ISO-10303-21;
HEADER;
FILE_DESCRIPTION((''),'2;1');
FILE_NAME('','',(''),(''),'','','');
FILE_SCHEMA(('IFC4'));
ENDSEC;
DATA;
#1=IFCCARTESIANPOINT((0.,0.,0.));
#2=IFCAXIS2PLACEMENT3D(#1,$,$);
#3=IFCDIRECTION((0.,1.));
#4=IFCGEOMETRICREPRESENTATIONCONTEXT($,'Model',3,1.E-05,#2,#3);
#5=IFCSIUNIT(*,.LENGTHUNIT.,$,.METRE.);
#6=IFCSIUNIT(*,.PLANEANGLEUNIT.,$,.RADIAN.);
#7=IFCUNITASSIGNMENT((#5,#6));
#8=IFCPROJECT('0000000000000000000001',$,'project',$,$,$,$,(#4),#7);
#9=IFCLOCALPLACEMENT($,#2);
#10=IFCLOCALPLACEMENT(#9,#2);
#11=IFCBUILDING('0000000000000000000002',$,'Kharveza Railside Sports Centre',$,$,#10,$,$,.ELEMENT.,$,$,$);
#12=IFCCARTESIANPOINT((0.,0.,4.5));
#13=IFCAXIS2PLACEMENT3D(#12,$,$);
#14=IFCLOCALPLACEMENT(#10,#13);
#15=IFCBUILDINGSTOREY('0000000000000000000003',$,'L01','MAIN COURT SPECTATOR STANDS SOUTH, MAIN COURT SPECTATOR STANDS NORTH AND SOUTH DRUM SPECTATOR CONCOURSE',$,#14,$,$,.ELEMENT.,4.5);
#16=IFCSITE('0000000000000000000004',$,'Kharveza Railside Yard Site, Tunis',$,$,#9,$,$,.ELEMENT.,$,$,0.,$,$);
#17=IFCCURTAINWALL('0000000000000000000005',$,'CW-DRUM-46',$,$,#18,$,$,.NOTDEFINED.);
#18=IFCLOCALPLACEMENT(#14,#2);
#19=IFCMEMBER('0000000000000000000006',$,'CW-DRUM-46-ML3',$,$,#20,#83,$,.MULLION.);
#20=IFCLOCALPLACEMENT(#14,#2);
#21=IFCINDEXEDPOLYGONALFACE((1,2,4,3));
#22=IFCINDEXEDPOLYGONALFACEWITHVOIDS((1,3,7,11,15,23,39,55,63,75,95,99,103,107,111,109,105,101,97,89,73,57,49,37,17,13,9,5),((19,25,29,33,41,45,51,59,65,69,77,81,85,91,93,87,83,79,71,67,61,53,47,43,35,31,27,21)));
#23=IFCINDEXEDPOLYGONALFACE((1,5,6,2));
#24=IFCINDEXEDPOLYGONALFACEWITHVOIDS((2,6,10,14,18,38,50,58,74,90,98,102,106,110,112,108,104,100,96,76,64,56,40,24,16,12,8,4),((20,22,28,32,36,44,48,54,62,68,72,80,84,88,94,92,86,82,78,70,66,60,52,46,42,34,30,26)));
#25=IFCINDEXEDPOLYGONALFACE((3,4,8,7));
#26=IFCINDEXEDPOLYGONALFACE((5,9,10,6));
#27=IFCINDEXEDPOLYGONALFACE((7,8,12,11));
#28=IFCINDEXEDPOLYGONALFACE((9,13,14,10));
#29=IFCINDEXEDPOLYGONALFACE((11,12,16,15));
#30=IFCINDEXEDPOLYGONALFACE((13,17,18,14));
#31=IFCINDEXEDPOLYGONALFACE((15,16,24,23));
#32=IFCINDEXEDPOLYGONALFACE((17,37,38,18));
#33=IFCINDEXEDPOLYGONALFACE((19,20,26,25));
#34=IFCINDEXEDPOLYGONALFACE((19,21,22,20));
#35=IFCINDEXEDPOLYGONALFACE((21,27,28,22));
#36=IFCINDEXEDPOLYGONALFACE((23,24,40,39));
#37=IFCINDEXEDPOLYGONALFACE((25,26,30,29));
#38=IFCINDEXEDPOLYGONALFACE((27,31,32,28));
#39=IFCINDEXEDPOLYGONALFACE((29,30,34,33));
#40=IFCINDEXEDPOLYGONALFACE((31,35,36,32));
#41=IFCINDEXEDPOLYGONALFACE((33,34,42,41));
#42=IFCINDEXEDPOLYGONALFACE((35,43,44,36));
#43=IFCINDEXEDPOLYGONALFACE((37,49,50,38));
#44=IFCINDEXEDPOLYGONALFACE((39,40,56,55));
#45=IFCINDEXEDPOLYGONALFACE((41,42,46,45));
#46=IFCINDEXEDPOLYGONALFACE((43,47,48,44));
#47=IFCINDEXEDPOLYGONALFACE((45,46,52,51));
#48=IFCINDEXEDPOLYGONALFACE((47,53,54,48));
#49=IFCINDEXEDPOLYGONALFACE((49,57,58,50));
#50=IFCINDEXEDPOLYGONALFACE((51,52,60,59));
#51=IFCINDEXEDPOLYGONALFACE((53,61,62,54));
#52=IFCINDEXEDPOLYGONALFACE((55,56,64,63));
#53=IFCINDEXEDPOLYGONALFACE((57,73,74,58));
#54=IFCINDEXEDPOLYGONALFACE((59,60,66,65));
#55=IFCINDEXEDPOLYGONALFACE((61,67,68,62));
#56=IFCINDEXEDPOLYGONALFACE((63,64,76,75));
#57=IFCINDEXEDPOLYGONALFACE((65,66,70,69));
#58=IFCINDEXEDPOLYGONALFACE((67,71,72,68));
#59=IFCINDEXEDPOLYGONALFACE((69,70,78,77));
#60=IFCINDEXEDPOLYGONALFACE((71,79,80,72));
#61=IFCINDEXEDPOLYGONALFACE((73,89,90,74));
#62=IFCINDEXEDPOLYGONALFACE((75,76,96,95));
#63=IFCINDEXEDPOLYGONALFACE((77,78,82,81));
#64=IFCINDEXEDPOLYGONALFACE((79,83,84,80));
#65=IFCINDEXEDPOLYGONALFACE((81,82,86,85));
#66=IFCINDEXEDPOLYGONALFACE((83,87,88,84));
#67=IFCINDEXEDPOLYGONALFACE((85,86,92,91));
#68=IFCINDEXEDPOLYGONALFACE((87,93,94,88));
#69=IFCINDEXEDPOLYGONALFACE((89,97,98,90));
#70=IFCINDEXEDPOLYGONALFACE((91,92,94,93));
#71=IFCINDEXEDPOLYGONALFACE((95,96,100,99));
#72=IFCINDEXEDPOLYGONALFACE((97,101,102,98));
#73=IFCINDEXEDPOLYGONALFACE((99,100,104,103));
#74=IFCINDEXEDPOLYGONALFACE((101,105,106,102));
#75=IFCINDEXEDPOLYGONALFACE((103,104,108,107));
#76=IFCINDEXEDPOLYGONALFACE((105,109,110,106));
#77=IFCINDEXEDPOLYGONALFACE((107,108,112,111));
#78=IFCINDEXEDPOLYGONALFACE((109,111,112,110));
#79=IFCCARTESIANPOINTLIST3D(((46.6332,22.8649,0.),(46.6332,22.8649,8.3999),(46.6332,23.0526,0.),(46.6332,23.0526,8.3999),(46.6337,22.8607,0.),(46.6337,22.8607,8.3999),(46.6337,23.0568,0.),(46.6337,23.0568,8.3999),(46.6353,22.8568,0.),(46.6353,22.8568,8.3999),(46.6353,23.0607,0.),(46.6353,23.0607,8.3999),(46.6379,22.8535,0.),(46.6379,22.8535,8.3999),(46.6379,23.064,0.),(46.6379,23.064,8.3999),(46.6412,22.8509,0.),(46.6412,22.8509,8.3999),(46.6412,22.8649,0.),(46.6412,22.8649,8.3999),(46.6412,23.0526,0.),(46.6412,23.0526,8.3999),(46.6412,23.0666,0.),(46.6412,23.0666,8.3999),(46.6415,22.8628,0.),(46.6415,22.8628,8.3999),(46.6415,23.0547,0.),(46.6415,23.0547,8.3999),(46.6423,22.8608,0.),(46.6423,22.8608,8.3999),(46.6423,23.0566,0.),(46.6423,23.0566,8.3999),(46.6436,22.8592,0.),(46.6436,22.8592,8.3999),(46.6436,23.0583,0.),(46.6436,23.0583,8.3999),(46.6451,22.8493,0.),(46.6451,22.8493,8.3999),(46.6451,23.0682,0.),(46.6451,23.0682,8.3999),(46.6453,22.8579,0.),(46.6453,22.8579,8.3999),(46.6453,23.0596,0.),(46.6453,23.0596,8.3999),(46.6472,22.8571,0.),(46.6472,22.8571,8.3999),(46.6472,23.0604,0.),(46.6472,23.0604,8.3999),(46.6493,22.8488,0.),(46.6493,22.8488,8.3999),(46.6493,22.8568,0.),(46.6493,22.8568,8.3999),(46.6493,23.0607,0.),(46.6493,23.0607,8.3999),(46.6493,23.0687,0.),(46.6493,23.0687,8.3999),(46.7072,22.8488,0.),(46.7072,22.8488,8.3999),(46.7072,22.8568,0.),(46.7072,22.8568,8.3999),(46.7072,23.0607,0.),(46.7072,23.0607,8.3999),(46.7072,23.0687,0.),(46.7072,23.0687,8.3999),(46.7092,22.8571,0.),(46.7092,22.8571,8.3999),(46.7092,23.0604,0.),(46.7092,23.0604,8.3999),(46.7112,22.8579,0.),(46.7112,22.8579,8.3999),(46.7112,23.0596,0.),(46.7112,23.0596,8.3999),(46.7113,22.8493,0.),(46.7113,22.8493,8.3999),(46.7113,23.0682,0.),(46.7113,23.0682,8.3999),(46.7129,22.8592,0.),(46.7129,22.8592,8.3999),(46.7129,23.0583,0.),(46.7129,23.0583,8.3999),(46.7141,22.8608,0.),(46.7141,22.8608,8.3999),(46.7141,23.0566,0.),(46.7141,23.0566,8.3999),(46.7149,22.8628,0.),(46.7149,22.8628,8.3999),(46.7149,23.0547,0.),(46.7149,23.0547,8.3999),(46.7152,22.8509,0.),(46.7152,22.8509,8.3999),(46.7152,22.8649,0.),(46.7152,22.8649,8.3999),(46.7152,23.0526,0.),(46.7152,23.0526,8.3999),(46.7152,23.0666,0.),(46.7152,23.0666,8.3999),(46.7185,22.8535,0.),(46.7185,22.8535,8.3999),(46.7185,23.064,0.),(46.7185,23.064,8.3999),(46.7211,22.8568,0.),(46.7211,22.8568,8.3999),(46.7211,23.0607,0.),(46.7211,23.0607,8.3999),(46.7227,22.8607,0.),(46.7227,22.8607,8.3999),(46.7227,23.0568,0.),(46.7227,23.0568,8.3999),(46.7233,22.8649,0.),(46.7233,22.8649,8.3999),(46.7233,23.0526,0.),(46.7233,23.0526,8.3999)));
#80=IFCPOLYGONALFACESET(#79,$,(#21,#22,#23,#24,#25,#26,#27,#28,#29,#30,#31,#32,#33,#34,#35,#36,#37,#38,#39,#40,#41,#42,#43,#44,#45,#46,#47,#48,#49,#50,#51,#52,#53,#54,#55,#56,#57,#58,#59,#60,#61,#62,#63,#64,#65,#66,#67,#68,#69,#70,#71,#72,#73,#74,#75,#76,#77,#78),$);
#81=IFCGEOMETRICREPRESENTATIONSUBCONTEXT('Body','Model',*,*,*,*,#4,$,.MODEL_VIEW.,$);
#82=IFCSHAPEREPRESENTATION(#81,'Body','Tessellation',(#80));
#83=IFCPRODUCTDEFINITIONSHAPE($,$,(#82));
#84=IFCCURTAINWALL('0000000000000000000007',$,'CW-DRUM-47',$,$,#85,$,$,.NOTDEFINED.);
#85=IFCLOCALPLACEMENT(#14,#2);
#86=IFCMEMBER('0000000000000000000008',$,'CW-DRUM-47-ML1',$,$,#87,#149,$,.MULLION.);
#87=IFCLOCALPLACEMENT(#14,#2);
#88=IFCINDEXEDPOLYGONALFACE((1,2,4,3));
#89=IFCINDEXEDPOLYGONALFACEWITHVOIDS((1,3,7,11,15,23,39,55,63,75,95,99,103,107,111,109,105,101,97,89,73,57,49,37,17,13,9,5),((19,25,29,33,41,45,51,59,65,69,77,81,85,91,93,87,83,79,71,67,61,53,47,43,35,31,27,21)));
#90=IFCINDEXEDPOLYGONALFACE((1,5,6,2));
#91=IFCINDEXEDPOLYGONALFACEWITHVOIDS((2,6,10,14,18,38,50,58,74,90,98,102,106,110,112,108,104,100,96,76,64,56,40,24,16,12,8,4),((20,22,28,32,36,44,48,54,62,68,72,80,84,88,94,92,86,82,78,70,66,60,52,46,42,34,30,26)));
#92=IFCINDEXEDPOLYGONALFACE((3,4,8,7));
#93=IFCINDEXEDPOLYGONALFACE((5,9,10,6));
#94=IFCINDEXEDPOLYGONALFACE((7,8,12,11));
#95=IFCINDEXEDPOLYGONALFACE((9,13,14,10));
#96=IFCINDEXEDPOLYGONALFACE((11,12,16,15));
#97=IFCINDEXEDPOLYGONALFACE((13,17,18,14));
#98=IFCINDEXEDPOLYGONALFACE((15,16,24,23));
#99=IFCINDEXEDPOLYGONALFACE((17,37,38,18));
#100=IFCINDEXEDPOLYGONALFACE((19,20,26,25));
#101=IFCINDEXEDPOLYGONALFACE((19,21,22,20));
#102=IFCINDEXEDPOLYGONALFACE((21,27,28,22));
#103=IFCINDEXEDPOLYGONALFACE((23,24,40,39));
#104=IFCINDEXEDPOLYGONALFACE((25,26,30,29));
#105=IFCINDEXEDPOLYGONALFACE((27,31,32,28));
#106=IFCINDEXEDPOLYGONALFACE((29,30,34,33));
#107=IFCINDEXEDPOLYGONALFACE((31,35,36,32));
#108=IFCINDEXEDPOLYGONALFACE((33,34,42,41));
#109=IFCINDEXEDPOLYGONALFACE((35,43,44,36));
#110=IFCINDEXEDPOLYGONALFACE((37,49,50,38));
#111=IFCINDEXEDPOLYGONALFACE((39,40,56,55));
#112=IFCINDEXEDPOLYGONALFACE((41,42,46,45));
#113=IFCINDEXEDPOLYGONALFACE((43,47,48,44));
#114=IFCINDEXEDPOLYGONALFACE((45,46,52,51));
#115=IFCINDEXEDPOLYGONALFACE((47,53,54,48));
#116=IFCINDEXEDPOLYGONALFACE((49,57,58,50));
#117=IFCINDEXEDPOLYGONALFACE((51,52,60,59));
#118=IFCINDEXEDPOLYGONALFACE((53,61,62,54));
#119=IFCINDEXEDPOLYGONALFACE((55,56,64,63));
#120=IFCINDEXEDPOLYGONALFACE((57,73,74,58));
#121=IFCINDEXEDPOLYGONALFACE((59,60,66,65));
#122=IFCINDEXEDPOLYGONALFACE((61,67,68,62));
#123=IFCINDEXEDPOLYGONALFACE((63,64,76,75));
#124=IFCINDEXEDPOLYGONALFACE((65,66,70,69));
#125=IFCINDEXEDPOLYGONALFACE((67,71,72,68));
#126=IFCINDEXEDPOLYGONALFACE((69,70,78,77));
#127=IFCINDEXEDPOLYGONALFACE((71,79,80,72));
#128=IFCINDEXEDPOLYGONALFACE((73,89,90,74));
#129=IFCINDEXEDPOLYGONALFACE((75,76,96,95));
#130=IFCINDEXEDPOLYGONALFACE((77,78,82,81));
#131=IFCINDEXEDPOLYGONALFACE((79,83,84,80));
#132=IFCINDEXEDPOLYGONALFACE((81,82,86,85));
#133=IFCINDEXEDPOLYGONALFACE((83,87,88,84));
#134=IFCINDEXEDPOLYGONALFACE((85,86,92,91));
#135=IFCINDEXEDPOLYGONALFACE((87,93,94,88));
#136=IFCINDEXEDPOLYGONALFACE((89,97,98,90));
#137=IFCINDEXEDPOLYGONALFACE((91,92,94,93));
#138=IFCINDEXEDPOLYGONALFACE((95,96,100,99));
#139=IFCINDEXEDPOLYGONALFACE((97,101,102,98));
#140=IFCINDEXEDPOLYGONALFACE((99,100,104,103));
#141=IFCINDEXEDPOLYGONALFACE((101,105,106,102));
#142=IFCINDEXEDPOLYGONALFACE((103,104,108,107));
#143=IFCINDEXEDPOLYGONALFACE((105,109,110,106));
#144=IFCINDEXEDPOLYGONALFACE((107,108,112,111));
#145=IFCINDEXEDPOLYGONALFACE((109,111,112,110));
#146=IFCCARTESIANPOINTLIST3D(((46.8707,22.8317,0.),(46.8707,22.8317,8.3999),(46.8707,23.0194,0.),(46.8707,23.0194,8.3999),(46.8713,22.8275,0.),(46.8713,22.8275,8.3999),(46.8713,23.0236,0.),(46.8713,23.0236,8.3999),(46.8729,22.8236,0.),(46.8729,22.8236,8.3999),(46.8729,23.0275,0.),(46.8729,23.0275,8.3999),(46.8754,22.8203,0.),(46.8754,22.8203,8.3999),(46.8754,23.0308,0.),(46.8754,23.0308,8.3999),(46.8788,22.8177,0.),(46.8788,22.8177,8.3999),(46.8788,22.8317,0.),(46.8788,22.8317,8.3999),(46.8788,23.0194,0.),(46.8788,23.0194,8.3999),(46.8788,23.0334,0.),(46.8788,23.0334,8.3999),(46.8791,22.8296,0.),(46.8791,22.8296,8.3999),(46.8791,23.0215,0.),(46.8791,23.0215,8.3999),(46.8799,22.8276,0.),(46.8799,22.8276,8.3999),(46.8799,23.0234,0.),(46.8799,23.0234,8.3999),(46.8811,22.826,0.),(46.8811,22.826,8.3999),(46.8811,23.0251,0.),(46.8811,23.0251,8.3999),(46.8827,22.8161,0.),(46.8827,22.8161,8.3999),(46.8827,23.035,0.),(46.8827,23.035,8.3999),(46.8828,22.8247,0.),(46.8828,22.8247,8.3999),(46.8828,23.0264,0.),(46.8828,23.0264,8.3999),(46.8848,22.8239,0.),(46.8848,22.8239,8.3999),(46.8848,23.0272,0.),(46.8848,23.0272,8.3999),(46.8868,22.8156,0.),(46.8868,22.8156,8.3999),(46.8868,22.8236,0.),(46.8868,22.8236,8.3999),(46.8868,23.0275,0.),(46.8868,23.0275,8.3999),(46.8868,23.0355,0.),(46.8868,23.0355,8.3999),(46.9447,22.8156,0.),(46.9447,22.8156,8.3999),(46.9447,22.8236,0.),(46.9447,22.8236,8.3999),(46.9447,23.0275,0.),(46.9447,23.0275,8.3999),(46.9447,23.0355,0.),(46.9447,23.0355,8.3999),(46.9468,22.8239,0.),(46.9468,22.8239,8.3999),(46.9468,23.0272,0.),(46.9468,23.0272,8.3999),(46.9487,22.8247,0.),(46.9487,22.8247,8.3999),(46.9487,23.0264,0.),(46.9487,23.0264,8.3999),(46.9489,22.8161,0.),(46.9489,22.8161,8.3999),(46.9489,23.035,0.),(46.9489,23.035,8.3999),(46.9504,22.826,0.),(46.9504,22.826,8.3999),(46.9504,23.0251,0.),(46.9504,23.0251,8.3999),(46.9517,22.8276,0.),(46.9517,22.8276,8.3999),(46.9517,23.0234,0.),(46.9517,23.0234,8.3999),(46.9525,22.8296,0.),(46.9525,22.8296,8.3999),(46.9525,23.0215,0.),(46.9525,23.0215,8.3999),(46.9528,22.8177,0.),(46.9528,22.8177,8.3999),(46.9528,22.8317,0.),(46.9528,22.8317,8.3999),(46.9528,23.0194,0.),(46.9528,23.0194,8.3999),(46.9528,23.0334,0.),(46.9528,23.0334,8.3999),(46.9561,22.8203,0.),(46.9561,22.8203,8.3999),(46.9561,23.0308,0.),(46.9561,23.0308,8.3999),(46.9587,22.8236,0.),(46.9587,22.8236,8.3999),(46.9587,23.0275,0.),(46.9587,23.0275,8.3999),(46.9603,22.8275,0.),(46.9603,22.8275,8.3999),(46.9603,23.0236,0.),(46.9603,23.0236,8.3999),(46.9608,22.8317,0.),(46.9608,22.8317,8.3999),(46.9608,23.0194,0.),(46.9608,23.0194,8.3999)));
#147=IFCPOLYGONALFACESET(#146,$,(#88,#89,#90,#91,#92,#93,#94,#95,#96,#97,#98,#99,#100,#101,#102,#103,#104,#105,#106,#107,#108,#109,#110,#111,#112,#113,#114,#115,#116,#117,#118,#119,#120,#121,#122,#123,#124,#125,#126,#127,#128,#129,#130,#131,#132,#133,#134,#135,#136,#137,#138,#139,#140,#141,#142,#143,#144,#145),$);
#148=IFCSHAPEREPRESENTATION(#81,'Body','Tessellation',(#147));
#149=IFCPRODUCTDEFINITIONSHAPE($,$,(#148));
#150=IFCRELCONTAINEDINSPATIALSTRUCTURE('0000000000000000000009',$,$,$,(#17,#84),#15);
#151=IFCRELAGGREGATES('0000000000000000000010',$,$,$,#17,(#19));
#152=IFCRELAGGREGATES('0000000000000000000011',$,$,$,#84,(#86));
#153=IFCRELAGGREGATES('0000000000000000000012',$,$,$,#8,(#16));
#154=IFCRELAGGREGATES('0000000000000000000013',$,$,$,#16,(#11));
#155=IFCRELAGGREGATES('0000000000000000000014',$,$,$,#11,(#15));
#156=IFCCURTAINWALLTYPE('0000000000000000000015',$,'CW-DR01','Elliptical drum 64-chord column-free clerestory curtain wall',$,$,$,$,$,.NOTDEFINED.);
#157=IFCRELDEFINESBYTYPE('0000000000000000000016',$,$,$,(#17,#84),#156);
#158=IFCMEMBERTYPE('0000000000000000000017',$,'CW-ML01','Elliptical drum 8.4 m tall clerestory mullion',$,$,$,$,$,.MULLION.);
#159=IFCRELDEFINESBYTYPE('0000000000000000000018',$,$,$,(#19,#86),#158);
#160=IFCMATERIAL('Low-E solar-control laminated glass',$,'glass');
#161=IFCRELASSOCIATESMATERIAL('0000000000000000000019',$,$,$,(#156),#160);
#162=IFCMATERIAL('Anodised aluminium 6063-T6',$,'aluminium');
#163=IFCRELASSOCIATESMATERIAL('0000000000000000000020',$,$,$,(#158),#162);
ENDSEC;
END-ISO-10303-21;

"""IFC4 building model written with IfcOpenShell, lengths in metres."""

from ifc_helpers import new_model, si_unit, direction, frame, origin, origin_2d, place, context, subcontext, project, spatial, hollow_rectangle, extrude, material, material_profile, profile_set, type_object, element, aggregate, save


model = new_model("IFC4")

# Units and contexts
model_context = context("Model", 3, precision=1e-05, world=origin(), true_north=direction((0.0, 1.0)))
body_context = subcontext(model_context, "Body", "Model", "MODEL_VIEW")
ifc_project = project(units=[si_unit("LENGTHUNIT", "METRE"), si_unit("PLANEANGLEUNIT", "RADIAN")], contexts=[model_context])

# Site, building, storey
site_placement = place(None, origin())
site = spatial("IfcSite", under=ifc_project, at=site_placement, Name="Kharveza Railside Yard Site, Tunis", CompositionType="ELEMENT", RefElevation=0.0)
building_placement = place(site_placement, origin())
building = spatial("IfcBuilding", under=site, at=building_placement, Name="Kharveza Railside Sports Centre", CompositionType="ELEMENT")
storey_placement = place(building_placement, frame((0.0, 0.0, 4.5)))
storey = spatial("IfcBuildingStorey", under=building, at=storey_placement, Name="L01", Description="MAIN COURT SPECTATOR STANDS SOUTH, MAIN COURT SPECTATOR STANDS NORTH AND SOUTH DRUM SPECTATOR CONCOURSE", CompositionType="ELEMENT", Elevation=4.5)

# Curtain wall, member
ifc_material_1 = material(Name="Low-E solar-control laminated glass", Category="glass")
curtain_wall_type = type_object("IfcCurtainWallType", Name="CW-DR01", Description="Elliptical drum 64-chord column-free clerestory curtain wall", PredefinedType="NOTDEFINED", material=ifc_material_1)
curtain_wall_1_placement = place(storey_placement, origin())
curtain_wall_1 = element("IfcCurtainWall", 1, at=curtain_wall_1_placement, inside=storey, type_object=curtain_wall_type, Name="CW-DRUM-46", PredefinedType="NOTDEFINED")
ifc_material_2 = material(Name="Anodised aluminium 6063-T6", Category="aluminium")
ifc_material_profile_1 = material_profile(ifc_material_2, hollow_rectangle(XDim=0.0901, YDim=0.22, WallThickness=0.0081, InnerFilletRadius=0.0081, OuterFilletRadius=0.0161, at=origin_2d()), Name="RHS 90x220x8.0")
ifc_profile_set_1 = profile_set([ifc_material_profile_1], Name="Anodised aluminium 6063-T6")
member_type_1 = type_object("IfcMemberType", Name="CW-ML01", Description="Elliptical drum 8.4 m tall clerestory mullion", PredefinedType="MULLION", material=ifc_profile_set_1)
member_1_placement = place(storey_placement, frame((46.6782, 22.9587, 0.0), z_axis=(0.0, 0.0, 1.0), x_axis=(1.0, 0.0, 0.0)))
member_1 = element("IfcMember", 2, at=member_1_placement, type_object=member_type_1, Name="CW-DRUM-46-ML3", PredefinedType="MULLION", context=body_context, shape_type="SweptSolid", body=[
    extrude(hollow_rectangle(XDim=0.0901, YDim=0.22, WallThickness=0.0081, InnerFilletRadius=0.0081, OuterFilletRadius=0.0161, at=origin_2d()), origin(), (0.0, 0.0, 1.0), 8.3999),
])

# Curtain wall, member
curtain_wall_2_placement = place(storey_placement, origin())
curtain_wall_2 = element("IfcCurtainWall", 3, at=curtain_wall_2_placement, inside=storey, type_object=curtain_wall_type, Name="CW-DRUM-47", PredefinedType="NOTDEFINED")
member_2_placement = place(storey_placement, frame((46.9158, 22.9255, 0.0), z_axis=(0.0, 0.0, 1.0), x_axis=(1.0, 0.0, 0.0)))
member_2 = element("IfcMember", 4, at=member_2_placement, type_object=member_type_1, Name="CW-DRUM-47-ML1", PredefinedType="MULLION", context=body_context, shape_type="SweptSolid", body=[
    extrude(hollow_rectangle(XDim=0.0901, YDim=0.22, WallThickness=0.0081, InnerFilletRadius=0.0081, OuterFilletRadius=0.0161, at=origin_2d()), origin(), (0.0, 0.0, 1.0), 8.3999),
])

aggregate(curtain_wall_1, [member_1])
aggregate(curtain_wall_2, [member_2])

save(model, "model.ifc")
